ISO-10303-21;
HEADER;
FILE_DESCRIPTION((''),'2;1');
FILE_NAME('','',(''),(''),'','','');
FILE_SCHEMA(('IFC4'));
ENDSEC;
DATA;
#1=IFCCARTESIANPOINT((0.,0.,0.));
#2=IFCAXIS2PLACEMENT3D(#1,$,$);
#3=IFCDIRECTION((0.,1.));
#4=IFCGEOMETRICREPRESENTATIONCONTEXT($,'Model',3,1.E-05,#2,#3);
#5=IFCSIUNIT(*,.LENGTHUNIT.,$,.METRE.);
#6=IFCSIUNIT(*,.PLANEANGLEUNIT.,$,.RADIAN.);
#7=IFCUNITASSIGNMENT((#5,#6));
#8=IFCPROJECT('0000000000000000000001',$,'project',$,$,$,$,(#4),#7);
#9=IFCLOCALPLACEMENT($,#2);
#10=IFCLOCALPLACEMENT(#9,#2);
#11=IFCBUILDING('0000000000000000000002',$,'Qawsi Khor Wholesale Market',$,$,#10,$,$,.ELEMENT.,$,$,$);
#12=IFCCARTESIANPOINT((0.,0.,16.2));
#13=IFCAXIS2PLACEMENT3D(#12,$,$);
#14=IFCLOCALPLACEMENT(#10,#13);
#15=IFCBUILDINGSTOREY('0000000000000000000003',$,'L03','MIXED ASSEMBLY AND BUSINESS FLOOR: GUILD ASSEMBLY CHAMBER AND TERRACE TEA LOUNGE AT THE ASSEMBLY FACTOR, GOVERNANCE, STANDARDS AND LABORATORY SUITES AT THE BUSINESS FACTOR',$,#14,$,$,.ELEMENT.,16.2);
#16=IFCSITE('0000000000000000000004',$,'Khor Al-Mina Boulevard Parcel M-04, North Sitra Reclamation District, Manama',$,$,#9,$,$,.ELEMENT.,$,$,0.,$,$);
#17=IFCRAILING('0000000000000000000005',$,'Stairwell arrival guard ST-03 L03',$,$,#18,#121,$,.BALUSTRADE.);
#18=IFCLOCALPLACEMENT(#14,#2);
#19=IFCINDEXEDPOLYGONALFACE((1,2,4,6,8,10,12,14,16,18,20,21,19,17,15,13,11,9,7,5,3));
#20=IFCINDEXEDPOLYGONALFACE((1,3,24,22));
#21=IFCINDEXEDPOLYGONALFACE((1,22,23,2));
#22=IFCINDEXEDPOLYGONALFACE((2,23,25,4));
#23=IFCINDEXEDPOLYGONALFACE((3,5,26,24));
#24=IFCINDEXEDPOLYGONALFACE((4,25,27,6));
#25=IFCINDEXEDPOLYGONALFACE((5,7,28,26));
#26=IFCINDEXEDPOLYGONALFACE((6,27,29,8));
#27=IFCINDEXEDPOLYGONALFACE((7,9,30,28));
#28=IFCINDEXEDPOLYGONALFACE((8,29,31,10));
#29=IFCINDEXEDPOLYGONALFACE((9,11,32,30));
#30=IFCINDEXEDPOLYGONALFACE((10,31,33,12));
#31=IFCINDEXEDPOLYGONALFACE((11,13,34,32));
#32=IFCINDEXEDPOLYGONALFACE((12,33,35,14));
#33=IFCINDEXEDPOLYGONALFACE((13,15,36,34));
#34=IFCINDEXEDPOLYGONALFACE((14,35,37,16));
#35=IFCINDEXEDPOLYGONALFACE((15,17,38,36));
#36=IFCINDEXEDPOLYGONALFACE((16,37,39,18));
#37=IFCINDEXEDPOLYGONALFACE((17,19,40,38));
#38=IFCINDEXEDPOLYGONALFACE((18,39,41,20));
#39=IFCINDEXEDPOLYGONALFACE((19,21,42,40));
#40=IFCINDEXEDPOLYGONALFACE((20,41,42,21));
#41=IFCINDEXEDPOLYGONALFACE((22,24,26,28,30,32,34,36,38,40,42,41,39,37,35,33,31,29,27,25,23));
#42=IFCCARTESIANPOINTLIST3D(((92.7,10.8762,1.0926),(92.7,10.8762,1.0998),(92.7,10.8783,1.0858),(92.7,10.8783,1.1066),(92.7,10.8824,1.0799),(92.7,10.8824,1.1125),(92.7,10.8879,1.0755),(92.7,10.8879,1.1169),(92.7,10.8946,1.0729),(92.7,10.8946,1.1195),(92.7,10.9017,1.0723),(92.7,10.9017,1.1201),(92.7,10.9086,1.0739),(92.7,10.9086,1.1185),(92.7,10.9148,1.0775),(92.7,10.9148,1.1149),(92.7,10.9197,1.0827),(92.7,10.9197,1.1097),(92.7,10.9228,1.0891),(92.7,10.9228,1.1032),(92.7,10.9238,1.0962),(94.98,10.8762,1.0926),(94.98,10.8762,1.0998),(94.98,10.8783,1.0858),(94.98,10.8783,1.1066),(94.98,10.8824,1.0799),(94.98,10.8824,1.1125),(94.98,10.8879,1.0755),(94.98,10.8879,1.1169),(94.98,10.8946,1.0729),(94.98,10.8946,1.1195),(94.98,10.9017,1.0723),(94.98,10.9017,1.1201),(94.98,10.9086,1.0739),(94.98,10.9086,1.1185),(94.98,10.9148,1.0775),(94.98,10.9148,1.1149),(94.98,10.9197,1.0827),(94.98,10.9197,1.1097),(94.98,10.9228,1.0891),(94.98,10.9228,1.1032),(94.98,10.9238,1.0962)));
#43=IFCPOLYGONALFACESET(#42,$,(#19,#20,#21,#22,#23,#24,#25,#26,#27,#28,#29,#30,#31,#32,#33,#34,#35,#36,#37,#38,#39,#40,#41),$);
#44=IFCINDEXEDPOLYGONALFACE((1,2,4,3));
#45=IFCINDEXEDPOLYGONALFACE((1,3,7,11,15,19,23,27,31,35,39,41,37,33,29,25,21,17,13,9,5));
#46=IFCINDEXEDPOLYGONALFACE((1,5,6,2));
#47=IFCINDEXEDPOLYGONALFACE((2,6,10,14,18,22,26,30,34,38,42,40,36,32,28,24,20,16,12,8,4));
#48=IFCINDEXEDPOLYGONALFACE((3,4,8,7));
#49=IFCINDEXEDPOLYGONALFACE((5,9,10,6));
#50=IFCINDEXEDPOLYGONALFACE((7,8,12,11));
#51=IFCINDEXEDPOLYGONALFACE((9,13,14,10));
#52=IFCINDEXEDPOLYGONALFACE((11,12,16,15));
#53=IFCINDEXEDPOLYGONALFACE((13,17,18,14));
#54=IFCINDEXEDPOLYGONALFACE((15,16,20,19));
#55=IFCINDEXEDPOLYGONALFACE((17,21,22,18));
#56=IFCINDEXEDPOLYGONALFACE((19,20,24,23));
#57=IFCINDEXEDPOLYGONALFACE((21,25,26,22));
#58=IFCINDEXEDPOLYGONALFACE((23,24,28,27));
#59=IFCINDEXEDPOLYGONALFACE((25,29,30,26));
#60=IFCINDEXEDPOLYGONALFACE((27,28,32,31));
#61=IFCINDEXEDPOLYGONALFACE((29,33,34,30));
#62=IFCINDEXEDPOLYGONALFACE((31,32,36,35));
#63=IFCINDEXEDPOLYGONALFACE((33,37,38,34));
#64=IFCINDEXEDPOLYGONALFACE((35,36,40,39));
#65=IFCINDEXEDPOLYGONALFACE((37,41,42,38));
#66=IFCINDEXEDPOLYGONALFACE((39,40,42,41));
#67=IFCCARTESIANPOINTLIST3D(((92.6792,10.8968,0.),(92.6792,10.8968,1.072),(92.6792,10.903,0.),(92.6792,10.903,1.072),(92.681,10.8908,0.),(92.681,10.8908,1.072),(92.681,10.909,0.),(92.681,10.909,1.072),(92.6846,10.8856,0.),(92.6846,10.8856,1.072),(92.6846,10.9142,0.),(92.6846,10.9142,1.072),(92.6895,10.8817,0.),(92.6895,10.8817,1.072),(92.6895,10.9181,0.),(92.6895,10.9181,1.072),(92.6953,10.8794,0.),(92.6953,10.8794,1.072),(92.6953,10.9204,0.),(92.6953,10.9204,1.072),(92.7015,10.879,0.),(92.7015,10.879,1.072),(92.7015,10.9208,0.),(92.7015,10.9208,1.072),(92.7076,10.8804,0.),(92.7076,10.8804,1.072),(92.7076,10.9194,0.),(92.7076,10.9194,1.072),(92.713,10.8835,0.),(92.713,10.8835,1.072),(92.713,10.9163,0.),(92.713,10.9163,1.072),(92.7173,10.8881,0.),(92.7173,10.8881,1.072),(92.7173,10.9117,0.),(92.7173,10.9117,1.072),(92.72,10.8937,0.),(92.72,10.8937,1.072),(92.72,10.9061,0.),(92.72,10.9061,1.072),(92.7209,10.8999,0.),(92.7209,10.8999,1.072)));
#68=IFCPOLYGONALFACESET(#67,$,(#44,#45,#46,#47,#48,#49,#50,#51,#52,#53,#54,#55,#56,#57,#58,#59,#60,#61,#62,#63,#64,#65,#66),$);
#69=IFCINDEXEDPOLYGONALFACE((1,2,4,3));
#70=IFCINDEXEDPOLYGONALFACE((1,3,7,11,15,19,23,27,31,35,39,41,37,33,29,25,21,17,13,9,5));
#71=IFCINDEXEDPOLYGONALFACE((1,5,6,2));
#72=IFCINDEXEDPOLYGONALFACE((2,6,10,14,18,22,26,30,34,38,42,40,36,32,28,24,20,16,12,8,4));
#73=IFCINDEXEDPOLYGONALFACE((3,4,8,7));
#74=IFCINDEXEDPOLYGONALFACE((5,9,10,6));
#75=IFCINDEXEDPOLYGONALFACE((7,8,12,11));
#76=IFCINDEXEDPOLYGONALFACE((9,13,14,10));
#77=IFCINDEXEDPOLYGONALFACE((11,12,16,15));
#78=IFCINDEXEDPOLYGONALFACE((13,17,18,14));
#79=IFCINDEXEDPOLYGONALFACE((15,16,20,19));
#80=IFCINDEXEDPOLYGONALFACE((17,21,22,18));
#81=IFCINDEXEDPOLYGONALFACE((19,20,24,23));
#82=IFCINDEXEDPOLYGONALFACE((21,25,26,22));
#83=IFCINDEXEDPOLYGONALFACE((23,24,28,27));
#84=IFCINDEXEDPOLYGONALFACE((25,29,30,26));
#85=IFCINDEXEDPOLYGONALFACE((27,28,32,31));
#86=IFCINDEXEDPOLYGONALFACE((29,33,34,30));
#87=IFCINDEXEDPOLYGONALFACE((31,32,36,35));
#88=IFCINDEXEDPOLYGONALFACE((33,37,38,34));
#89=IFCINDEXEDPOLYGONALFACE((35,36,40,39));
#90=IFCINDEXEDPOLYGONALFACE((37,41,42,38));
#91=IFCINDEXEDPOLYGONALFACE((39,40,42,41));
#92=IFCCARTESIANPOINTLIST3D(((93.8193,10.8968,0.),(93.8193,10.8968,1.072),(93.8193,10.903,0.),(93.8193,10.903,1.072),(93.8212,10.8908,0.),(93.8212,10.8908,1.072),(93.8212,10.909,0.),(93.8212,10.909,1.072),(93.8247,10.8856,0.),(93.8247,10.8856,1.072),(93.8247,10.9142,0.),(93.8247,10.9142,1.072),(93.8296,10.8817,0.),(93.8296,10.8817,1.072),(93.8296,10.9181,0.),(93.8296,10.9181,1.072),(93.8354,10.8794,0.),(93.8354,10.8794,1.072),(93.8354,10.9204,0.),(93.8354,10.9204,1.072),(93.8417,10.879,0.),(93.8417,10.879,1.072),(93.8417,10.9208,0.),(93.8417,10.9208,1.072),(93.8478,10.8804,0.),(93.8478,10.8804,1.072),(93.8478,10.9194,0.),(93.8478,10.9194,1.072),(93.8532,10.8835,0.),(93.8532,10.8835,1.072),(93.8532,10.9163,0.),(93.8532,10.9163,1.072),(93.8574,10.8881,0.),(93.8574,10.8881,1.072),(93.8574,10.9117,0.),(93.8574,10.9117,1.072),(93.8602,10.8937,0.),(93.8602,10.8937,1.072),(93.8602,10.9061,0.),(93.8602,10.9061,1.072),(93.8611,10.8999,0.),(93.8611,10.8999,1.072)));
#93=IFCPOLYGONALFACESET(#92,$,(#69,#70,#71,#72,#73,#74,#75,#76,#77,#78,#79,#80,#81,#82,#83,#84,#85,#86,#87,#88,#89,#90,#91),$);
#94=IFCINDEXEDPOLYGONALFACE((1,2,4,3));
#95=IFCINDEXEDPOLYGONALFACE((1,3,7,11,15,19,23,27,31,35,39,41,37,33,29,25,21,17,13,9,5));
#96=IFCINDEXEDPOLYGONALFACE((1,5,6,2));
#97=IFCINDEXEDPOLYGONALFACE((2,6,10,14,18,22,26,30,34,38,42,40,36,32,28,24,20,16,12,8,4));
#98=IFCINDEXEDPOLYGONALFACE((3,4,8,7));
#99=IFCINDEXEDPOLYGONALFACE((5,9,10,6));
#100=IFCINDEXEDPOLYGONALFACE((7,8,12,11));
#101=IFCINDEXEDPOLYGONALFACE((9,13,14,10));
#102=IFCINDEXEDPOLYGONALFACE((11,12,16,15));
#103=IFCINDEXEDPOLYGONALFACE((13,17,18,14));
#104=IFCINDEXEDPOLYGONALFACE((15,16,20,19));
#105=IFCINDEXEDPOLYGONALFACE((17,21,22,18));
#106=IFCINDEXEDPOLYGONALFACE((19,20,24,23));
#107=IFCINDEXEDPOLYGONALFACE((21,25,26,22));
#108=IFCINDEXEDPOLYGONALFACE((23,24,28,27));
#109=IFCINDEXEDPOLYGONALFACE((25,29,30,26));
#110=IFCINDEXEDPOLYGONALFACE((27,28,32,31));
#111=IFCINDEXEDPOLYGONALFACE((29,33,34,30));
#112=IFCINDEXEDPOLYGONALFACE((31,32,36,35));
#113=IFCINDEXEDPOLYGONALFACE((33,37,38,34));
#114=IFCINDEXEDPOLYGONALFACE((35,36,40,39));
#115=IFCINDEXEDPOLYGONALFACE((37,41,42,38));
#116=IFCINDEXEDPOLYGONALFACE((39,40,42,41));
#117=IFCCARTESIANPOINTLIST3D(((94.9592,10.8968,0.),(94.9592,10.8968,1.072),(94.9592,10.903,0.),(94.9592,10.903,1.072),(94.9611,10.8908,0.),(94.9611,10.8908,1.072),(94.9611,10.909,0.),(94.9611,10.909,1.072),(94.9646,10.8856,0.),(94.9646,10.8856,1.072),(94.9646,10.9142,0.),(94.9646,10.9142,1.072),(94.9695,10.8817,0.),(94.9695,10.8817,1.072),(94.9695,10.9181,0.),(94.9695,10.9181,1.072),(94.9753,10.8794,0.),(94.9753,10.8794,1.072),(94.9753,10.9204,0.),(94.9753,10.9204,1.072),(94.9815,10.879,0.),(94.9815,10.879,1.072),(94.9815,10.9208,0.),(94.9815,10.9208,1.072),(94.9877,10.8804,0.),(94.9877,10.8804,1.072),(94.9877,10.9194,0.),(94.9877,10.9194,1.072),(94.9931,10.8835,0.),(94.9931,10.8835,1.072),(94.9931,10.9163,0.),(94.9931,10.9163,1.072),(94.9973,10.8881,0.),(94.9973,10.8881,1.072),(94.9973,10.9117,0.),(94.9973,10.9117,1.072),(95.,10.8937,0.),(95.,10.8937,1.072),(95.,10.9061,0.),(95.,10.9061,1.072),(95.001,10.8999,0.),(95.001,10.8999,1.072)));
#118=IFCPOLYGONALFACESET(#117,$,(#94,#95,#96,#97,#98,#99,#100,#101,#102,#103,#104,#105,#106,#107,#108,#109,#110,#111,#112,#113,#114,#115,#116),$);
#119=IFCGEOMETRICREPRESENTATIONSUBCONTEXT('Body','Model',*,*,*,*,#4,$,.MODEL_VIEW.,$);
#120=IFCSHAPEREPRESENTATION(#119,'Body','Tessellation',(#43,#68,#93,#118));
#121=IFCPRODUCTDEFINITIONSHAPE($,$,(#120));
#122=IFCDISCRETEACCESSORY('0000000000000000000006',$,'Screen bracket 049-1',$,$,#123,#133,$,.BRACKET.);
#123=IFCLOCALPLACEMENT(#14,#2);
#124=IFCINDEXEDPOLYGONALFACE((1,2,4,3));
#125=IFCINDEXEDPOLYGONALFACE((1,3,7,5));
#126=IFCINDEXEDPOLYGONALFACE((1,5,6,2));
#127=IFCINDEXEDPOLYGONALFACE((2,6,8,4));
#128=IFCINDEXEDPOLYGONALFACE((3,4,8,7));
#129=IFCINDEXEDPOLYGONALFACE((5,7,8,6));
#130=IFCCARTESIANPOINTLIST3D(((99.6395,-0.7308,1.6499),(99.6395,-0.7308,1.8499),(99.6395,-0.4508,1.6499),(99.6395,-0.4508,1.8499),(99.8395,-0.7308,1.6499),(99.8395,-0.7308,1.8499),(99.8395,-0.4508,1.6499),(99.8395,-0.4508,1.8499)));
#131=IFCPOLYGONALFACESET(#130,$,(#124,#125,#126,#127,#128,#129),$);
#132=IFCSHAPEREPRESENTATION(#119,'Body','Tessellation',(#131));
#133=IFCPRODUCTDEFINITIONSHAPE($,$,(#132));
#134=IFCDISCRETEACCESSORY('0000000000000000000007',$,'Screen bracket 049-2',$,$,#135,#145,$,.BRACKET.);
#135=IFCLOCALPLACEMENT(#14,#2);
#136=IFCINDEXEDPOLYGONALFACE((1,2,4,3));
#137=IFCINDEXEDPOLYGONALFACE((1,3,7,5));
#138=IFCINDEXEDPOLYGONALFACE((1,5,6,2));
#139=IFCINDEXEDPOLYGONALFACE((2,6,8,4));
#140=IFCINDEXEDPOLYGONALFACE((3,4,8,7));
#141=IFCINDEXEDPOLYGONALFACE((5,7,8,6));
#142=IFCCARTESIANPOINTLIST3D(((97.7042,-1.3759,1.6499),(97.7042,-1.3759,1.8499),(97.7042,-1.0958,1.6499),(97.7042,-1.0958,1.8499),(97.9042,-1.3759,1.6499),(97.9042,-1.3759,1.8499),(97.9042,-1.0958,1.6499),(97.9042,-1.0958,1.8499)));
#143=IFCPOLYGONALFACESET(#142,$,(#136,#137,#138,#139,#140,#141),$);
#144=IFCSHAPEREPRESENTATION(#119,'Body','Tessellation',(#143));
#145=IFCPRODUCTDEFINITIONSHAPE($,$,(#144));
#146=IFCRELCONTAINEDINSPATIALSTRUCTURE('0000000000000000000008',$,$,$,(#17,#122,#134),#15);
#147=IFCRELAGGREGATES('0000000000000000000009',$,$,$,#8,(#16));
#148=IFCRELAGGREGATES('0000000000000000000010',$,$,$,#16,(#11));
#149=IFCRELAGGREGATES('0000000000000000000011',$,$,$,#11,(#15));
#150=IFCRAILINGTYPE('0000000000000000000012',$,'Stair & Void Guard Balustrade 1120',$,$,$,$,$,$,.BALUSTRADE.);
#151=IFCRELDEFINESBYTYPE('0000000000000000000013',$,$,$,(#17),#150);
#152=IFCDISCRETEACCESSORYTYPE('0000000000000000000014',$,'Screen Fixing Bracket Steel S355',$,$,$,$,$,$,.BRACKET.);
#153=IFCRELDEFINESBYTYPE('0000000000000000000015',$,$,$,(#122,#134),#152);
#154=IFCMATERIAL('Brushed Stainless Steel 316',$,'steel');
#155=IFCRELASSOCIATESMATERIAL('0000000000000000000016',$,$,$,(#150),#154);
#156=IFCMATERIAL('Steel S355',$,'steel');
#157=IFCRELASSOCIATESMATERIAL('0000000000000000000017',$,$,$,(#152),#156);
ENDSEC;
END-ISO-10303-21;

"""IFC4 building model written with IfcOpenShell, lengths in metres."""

from ifc_helpers import new_model, si_unit, direction, frame, origin, origin_2d, place, context, subcontext, project, spatial, rectangle, circle, extrude, material, type_object, element, save


model = new_model("IFC4")

# Units and contexts
model_context = context("Model", 3, precision=1e-05, world=origin(), true_north=direction((0.0, 1.0)))
body_context = subcontext(model_context, "Body", "Model", "MODEL_VIEW")
ifc_project = project(units=[si_unit("LENGTHUNIT", "METRE"), si_unit("PLANEANGLEUNIT", "RADIAN")], contexts=[model_context])

# Site, building, storey
site_placement = place(None, origin())
site = spatial("IfcSite", under=ifc_project, at=site_placement, Name="Khor Al-Mina Boulevard Parcel M-04, North Sitra Reclamation District, Manama", CompositionType="ELEMENT", RefElevation=0.0)
building_placement = place(site_placement, origin())
building = spatial("IfcBuilding", under=site, at=building_placement, Name="Qawsi Khor Wholesale Market", CompositionType="ELEMENT")
storey_placement = place(building_placement, frame((0.0, 0.0, 16.2)))
storey = spatial("IfcBuildingStorey", under=building, at=storey_placement, Name="L03", Description="MIXED ASSEMBLY AND BUSINESS FLOOR: GUILD ASSEMBLY CHAMBER AND TERRACE TEA LOUNGE AT THE ASSEMBLY FACTOR, GOVERNANCE, STANDARDS AND LABORATORY SUITES AT THE BUSINESS FACTOR", CompositionType="ELEMENT", Elevation=16.2)

# Shared definitions
ifc_material_1 = material(Name="Steel S355", Category="steel")

# Railing
ifc_material_2 = material(Name="Brushed Stainless Steel 316", Category="steel")
railing_type = type_object("IfcRailingType", Name="Stair & Void Guard Balustrade 1120", PredefinedType="BALUSTRADE", material=ifc_material_2)
railing_placement = place(storey_placement, frame((92.7, 10.8999, 0.0)))
element("IfcRailing", 1, at=railing_placement, inside=storey, type_object=railing_type, Name="Stairwell arrival guard ST-03 L03", PredefinedType="BALUSTRADE", context=body_context, shape_type="SweptSolid", body=[
    extrude(circle(Radius=0.0239, at=origin_2d()), frame((0.0, 0.0, 1.0962), z_axis=(1.0, 0.0, 0.0), x_axis=(0.0, 1.0, 0.0)), (0.0, 0.0, 1.0), 2.28),
    extrude(circle(Radius=0.021, at=origin_2d()), origin(), (0.0, 0.0, 1.0), 1.072),
    extrude(circle(Radius=0.021, at=origin_2d()), frame((1.1401, 0.0, 0.0)), (0.0, 0.0, 1.0), 1.072),
    extrude(circle(Radius=0.021, at=origin_2d()), frame((2.28, 0.0, 0.0)), (0.0, 0.0, 1.0), 1.072),
])

# Discrete accessories
discrete_accessory_type = type_object("IfcDiscreteAccessoryType", Name="Screen Fixing Bracket Steel S355", PredefinedType="BRACKET", material=ifc_material_1)
for number, where, z_axis, x_axis, name in (
    (2, (99.7395, -0.5908, 1.6499), (0.0, 0.0, 1.0), (1.0, 0.0, 0.0), "Screen bracket 049-1"),
    (3, (97.8042, -1.2358, 1.6499), (0.0, 0.0, 1.0), (1.0, 0.0, 0.0), "Screen bracket 049-2"),
):
    element("IfcDiscreteAccessory", number, at=place(storey_placement, frame(where, z_axis=z_axis, x_axis=x_axis)), inside=storey, type_object=discrete_accessory_type, Name=name, PredefinedType="BRACKET", context=body_context, shape_type="SweptSolid", body=[
        extrude(rectangle(XDim=0.2, YDim=0.28, at=origin_2d()), origin(), (0.0, 0.0, 1.0), 0.2),
    ])

save(model, "model.ifc")
